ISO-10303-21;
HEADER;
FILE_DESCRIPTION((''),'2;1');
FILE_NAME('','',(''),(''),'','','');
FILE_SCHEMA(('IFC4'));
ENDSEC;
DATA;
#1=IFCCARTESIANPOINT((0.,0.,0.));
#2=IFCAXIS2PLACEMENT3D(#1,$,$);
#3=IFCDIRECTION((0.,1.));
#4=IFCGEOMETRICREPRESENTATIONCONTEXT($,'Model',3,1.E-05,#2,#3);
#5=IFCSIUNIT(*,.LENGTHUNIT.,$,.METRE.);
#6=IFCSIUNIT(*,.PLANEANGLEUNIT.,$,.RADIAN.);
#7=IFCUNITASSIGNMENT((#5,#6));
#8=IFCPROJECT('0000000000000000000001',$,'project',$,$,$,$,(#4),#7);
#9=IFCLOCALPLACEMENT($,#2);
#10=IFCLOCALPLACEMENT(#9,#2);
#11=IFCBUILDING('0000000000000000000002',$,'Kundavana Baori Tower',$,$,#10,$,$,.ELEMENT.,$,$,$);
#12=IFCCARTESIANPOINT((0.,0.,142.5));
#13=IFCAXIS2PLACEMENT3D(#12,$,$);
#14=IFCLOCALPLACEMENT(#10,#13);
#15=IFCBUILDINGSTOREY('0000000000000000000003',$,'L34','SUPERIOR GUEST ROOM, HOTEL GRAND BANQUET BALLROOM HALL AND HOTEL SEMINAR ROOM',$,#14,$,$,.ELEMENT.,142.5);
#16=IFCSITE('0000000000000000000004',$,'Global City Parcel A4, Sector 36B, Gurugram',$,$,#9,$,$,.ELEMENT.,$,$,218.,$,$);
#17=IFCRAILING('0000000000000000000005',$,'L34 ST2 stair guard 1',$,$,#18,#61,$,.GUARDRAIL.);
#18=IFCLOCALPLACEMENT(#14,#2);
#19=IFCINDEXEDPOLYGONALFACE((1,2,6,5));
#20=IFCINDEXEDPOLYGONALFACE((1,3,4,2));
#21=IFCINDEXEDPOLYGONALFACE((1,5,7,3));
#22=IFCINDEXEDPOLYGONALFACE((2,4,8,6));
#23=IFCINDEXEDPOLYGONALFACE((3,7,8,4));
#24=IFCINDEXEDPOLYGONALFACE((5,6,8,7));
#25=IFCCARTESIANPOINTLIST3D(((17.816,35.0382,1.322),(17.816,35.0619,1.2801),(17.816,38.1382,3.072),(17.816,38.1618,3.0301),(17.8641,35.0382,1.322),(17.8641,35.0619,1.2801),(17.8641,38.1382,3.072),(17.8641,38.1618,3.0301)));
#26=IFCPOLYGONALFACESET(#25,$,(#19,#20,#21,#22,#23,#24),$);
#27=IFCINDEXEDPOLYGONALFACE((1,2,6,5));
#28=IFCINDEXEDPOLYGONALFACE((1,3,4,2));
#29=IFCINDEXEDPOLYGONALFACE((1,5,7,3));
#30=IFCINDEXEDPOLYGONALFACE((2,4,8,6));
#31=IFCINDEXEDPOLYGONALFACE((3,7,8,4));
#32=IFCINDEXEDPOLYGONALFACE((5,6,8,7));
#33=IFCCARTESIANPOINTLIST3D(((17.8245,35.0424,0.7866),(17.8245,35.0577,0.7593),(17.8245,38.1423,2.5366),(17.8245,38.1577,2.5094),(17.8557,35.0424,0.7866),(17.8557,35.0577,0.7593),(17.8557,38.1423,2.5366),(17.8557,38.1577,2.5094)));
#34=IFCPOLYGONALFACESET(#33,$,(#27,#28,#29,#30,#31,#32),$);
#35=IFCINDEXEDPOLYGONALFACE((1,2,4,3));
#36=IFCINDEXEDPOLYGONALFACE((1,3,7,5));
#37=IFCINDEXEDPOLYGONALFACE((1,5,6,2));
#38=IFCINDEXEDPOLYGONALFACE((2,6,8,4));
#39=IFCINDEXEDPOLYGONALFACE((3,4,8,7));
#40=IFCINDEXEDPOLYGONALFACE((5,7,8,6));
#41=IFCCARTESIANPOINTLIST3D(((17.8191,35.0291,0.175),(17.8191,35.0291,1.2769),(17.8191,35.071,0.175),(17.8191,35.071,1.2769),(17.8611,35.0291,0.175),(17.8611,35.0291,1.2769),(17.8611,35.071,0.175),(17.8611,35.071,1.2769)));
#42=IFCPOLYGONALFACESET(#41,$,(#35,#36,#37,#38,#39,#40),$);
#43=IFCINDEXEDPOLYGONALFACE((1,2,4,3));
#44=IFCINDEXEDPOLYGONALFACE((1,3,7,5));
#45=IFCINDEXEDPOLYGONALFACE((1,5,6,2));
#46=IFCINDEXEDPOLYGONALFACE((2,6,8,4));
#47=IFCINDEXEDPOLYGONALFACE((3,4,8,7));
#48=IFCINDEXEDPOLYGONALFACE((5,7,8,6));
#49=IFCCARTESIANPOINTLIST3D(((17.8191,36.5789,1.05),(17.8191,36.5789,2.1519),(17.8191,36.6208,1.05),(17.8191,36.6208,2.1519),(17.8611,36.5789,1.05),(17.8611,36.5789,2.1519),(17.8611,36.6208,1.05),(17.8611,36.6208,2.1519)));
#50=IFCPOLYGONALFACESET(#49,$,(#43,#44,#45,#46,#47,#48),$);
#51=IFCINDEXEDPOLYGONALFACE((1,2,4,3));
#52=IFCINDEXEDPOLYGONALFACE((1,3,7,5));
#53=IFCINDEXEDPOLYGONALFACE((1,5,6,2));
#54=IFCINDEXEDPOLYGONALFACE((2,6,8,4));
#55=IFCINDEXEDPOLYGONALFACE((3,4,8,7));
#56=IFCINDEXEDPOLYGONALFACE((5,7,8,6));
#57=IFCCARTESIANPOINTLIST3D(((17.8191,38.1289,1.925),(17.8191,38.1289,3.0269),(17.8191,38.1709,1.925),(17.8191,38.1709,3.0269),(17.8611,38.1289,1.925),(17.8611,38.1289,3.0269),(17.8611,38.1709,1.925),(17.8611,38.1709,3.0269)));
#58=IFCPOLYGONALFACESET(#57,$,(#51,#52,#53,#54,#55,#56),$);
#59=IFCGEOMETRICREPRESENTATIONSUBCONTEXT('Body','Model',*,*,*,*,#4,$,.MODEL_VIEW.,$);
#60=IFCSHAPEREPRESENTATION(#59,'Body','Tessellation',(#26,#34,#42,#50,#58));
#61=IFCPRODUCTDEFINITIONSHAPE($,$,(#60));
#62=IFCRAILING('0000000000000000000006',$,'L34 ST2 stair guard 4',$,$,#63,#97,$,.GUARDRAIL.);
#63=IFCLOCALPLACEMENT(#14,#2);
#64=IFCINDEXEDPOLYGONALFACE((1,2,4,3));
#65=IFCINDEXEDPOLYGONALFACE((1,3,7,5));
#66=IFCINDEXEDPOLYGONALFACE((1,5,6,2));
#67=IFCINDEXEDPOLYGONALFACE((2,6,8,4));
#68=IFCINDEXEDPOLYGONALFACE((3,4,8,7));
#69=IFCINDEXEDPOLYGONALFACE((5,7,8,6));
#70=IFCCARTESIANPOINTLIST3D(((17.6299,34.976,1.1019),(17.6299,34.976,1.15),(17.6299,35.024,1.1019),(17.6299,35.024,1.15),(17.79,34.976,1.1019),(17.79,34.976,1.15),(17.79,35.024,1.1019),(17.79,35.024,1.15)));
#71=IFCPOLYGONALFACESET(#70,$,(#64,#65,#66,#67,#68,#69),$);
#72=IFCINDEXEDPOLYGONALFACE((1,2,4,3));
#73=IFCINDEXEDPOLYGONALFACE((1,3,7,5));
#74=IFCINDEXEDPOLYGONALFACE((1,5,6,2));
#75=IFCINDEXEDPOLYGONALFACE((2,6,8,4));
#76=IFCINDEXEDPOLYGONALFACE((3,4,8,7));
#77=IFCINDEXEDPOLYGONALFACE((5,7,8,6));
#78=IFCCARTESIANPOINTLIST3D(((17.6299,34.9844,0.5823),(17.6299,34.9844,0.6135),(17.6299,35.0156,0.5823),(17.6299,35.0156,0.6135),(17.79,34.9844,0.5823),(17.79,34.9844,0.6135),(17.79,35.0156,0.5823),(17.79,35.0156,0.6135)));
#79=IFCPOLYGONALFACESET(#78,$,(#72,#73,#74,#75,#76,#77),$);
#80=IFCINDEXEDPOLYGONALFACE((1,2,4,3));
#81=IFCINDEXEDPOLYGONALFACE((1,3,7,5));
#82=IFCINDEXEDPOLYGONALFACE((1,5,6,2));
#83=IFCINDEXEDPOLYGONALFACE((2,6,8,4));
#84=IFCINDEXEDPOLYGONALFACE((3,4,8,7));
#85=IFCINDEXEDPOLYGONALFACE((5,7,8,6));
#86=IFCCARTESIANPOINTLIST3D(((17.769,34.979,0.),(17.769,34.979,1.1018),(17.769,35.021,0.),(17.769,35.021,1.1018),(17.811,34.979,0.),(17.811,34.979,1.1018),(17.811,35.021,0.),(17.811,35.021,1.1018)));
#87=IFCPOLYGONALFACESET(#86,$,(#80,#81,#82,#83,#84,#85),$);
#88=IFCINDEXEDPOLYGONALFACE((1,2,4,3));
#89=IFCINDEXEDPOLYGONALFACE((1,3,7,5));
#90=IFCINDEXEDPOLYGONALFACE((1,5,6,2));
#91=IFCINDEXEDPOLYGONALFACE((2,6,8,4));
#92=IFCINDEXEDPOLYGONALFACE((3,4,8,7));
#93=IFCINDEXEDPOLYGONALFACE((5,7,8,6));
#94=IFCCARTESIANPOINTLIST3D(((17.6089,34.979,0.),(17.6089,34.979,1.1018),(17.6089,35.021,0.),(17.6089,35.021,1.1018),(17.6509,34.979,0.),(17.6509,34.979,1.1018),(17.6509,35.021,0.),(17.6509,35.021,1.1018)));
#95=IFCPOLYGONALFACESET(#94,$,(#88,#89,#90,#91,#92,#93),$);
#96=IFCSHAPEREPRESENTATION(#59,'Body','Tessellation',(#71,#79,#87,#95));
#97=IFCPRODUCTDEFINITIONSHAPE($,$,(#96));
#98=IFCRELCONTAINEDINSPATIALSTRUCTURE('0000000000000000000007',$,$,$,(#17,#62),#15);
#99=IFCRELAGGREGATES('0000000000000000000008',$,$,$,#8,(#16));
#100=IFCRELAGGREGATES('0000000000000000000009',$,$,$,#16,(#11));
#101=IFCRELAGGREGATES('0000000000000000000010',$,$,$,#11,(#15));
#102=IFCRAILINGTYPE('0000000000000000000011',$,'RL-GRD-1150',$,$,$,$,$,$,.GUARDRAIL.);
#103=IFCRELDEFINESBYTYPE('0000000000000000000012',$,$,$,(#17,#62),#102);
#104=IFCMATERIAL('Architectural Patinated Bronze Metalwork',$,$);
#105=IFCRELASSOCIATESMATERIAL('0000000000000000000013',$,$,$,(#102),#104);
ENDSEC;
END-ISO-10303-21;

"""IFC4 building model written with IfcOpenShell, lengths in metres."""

from ifc_helpers import new_model, si_unit, direction, frame, origin, origin_2d, place, context, subcontext, project, spatial, rectangle, extrude, material, type_object, element, save


model = new_model("IFC4")

# Units and contexts
model_context = context("Model", 3, precision=1e-05, world=origin(), true_north=direction((0.0, 1.0)))
body_context = subcontext(model_context, "Body", "Model", "MODEL_VIEW")
ifc_project = project(units=[si_unit("LENGTHUNIT", "METRE"), si_unit("PLANEANGLEUNIT", "RADIAN")], contexts=[model_context])

# Site, building, storey
site_placement = place(None, origin())
site = spatial("IfcSite", under=ifc_project, at=site_placement, Name="Global City Parcel A4, Sector 36B, Gurugram", CompositionType="ELEMENT", RefElevation=218.0)
building_placement = place(site_placement, origin())
building = spatial("IfcBuilding", under=site, at=building_placement, Name="Kundavana Baori Tower", CompositionType="ELEMENT")
storey_placement = place(building_placement, frame((0.0, 0.0, 142.5)))
storey = spatial("IfcBuildingStorey", under=building, at=storey_placement, Name="L34", Description="SUPERIOR GUEST ROOM, HOTEL GRAND BANQUET BALLROOM HALL AND HOTEL SEMINAR ROOM", CompositionType="ELEMENT", Elevation=142.5)

# Railings
ifc_material_1 = material(Name="Architectural Patinated Bronze Metalwork")
railing_type = type_object("IfcRailingType", Name="RL-GRD-1150", PredefinedType="GUARDRAIL", material=ifc_material_1)
railing_1_placement = place(storey_placement, frame((17.8401, 35.05, 0.175)))
element("IfcRailing", 1, at=railing_1_placement, inside=storey, type_object=railing_type, Name="L34 ST2 stair guard 1", PredefinedType="GUARDRAIL", context=body_context, shape_type="SweptSolid", body=[
    extrude(rectangle(XDim=0.0481, YDim=0.0481, at=origin_2d()), frame((0.0, 0.0, 1.126), z_axis=(0.0, 0.870814, 0.491612), x_axis=(-1.0, 0.0, 0.0)), (0.0, 0.0, 1.0), 3.5598),
    extrude(rectangle(XDim=0.0312, YDim=0.0312, at=origin_2d()), frame((0.0, 0.0, 0.5979), z_axis=(0.0, 0.870814, 0.491612), x_axis=(-1.0, 0.0, 0.0)), (0.0, 0.0, 1.0), 3.5598),
    extrude(rectangle(XDim=0.042, YDim=0.042, at=origin_2d()), origin(), (0.0, 0.0, 1.0), 1.1018),
    extrude(rectangle(XDim=0.042, YDim=0.042, at=origin_2d()), frame((0.0, 1.5498, 0.875)), (0.0, 0.0, 1.0), 1.1018),
    extrude(rectangle(XDim=0.042, YDim=0.042, at=origin_2d()), frame((0.0, 3.0999, 1.75)), (0.0, 0.0, 1.0), 1.1018),
])
railing_2_placement = place(storey_placement, frame((17.79, 35.0, 0.0)))
element("IfcRailing", 2, at=railing_2_placement, inside=storey, type_object=railing_type, Name="L34 ST2 stair guard 4", PredefinedType="GUARDRAIL", context=body_context, shape_type="SweptSolid", body=[
    extrude(rectangle(XDim=0.0481, YDim=0.0481, at=origin_2d()), frame((0.0, 0.0, 1.126), z_axis=(-1.0, 0.0, 0.0), x_axis=(0.0, -1.0, 0.0)), (0.0, 0.0, 1.0), 0.1602),
    extrude(rectangle(XDim=0.0312, YDim=0.0312, at=origin_2d()), frame((0.0, 0.0, 0.5979), z_axis=(-1.0, 0.0, 0.0), x_axis=(0.0, -1.0, 0.0)), (0.0, 0.0, 1.0), 0.1602),
    extrude(rectangle(XDim=0.042, YDim=0.042, at=origin_2d()), origin(), (0.0, 0.0, 1.0), 1.1018),
    extrude(rectangle(XDim=0.042, YDim=0.042, at=origin_2d()), frame((-0.1602, 0.0, 0.0)), (0.0, 0.0, 1.0), 1.1018),
])

save(model, "model.ifc")
